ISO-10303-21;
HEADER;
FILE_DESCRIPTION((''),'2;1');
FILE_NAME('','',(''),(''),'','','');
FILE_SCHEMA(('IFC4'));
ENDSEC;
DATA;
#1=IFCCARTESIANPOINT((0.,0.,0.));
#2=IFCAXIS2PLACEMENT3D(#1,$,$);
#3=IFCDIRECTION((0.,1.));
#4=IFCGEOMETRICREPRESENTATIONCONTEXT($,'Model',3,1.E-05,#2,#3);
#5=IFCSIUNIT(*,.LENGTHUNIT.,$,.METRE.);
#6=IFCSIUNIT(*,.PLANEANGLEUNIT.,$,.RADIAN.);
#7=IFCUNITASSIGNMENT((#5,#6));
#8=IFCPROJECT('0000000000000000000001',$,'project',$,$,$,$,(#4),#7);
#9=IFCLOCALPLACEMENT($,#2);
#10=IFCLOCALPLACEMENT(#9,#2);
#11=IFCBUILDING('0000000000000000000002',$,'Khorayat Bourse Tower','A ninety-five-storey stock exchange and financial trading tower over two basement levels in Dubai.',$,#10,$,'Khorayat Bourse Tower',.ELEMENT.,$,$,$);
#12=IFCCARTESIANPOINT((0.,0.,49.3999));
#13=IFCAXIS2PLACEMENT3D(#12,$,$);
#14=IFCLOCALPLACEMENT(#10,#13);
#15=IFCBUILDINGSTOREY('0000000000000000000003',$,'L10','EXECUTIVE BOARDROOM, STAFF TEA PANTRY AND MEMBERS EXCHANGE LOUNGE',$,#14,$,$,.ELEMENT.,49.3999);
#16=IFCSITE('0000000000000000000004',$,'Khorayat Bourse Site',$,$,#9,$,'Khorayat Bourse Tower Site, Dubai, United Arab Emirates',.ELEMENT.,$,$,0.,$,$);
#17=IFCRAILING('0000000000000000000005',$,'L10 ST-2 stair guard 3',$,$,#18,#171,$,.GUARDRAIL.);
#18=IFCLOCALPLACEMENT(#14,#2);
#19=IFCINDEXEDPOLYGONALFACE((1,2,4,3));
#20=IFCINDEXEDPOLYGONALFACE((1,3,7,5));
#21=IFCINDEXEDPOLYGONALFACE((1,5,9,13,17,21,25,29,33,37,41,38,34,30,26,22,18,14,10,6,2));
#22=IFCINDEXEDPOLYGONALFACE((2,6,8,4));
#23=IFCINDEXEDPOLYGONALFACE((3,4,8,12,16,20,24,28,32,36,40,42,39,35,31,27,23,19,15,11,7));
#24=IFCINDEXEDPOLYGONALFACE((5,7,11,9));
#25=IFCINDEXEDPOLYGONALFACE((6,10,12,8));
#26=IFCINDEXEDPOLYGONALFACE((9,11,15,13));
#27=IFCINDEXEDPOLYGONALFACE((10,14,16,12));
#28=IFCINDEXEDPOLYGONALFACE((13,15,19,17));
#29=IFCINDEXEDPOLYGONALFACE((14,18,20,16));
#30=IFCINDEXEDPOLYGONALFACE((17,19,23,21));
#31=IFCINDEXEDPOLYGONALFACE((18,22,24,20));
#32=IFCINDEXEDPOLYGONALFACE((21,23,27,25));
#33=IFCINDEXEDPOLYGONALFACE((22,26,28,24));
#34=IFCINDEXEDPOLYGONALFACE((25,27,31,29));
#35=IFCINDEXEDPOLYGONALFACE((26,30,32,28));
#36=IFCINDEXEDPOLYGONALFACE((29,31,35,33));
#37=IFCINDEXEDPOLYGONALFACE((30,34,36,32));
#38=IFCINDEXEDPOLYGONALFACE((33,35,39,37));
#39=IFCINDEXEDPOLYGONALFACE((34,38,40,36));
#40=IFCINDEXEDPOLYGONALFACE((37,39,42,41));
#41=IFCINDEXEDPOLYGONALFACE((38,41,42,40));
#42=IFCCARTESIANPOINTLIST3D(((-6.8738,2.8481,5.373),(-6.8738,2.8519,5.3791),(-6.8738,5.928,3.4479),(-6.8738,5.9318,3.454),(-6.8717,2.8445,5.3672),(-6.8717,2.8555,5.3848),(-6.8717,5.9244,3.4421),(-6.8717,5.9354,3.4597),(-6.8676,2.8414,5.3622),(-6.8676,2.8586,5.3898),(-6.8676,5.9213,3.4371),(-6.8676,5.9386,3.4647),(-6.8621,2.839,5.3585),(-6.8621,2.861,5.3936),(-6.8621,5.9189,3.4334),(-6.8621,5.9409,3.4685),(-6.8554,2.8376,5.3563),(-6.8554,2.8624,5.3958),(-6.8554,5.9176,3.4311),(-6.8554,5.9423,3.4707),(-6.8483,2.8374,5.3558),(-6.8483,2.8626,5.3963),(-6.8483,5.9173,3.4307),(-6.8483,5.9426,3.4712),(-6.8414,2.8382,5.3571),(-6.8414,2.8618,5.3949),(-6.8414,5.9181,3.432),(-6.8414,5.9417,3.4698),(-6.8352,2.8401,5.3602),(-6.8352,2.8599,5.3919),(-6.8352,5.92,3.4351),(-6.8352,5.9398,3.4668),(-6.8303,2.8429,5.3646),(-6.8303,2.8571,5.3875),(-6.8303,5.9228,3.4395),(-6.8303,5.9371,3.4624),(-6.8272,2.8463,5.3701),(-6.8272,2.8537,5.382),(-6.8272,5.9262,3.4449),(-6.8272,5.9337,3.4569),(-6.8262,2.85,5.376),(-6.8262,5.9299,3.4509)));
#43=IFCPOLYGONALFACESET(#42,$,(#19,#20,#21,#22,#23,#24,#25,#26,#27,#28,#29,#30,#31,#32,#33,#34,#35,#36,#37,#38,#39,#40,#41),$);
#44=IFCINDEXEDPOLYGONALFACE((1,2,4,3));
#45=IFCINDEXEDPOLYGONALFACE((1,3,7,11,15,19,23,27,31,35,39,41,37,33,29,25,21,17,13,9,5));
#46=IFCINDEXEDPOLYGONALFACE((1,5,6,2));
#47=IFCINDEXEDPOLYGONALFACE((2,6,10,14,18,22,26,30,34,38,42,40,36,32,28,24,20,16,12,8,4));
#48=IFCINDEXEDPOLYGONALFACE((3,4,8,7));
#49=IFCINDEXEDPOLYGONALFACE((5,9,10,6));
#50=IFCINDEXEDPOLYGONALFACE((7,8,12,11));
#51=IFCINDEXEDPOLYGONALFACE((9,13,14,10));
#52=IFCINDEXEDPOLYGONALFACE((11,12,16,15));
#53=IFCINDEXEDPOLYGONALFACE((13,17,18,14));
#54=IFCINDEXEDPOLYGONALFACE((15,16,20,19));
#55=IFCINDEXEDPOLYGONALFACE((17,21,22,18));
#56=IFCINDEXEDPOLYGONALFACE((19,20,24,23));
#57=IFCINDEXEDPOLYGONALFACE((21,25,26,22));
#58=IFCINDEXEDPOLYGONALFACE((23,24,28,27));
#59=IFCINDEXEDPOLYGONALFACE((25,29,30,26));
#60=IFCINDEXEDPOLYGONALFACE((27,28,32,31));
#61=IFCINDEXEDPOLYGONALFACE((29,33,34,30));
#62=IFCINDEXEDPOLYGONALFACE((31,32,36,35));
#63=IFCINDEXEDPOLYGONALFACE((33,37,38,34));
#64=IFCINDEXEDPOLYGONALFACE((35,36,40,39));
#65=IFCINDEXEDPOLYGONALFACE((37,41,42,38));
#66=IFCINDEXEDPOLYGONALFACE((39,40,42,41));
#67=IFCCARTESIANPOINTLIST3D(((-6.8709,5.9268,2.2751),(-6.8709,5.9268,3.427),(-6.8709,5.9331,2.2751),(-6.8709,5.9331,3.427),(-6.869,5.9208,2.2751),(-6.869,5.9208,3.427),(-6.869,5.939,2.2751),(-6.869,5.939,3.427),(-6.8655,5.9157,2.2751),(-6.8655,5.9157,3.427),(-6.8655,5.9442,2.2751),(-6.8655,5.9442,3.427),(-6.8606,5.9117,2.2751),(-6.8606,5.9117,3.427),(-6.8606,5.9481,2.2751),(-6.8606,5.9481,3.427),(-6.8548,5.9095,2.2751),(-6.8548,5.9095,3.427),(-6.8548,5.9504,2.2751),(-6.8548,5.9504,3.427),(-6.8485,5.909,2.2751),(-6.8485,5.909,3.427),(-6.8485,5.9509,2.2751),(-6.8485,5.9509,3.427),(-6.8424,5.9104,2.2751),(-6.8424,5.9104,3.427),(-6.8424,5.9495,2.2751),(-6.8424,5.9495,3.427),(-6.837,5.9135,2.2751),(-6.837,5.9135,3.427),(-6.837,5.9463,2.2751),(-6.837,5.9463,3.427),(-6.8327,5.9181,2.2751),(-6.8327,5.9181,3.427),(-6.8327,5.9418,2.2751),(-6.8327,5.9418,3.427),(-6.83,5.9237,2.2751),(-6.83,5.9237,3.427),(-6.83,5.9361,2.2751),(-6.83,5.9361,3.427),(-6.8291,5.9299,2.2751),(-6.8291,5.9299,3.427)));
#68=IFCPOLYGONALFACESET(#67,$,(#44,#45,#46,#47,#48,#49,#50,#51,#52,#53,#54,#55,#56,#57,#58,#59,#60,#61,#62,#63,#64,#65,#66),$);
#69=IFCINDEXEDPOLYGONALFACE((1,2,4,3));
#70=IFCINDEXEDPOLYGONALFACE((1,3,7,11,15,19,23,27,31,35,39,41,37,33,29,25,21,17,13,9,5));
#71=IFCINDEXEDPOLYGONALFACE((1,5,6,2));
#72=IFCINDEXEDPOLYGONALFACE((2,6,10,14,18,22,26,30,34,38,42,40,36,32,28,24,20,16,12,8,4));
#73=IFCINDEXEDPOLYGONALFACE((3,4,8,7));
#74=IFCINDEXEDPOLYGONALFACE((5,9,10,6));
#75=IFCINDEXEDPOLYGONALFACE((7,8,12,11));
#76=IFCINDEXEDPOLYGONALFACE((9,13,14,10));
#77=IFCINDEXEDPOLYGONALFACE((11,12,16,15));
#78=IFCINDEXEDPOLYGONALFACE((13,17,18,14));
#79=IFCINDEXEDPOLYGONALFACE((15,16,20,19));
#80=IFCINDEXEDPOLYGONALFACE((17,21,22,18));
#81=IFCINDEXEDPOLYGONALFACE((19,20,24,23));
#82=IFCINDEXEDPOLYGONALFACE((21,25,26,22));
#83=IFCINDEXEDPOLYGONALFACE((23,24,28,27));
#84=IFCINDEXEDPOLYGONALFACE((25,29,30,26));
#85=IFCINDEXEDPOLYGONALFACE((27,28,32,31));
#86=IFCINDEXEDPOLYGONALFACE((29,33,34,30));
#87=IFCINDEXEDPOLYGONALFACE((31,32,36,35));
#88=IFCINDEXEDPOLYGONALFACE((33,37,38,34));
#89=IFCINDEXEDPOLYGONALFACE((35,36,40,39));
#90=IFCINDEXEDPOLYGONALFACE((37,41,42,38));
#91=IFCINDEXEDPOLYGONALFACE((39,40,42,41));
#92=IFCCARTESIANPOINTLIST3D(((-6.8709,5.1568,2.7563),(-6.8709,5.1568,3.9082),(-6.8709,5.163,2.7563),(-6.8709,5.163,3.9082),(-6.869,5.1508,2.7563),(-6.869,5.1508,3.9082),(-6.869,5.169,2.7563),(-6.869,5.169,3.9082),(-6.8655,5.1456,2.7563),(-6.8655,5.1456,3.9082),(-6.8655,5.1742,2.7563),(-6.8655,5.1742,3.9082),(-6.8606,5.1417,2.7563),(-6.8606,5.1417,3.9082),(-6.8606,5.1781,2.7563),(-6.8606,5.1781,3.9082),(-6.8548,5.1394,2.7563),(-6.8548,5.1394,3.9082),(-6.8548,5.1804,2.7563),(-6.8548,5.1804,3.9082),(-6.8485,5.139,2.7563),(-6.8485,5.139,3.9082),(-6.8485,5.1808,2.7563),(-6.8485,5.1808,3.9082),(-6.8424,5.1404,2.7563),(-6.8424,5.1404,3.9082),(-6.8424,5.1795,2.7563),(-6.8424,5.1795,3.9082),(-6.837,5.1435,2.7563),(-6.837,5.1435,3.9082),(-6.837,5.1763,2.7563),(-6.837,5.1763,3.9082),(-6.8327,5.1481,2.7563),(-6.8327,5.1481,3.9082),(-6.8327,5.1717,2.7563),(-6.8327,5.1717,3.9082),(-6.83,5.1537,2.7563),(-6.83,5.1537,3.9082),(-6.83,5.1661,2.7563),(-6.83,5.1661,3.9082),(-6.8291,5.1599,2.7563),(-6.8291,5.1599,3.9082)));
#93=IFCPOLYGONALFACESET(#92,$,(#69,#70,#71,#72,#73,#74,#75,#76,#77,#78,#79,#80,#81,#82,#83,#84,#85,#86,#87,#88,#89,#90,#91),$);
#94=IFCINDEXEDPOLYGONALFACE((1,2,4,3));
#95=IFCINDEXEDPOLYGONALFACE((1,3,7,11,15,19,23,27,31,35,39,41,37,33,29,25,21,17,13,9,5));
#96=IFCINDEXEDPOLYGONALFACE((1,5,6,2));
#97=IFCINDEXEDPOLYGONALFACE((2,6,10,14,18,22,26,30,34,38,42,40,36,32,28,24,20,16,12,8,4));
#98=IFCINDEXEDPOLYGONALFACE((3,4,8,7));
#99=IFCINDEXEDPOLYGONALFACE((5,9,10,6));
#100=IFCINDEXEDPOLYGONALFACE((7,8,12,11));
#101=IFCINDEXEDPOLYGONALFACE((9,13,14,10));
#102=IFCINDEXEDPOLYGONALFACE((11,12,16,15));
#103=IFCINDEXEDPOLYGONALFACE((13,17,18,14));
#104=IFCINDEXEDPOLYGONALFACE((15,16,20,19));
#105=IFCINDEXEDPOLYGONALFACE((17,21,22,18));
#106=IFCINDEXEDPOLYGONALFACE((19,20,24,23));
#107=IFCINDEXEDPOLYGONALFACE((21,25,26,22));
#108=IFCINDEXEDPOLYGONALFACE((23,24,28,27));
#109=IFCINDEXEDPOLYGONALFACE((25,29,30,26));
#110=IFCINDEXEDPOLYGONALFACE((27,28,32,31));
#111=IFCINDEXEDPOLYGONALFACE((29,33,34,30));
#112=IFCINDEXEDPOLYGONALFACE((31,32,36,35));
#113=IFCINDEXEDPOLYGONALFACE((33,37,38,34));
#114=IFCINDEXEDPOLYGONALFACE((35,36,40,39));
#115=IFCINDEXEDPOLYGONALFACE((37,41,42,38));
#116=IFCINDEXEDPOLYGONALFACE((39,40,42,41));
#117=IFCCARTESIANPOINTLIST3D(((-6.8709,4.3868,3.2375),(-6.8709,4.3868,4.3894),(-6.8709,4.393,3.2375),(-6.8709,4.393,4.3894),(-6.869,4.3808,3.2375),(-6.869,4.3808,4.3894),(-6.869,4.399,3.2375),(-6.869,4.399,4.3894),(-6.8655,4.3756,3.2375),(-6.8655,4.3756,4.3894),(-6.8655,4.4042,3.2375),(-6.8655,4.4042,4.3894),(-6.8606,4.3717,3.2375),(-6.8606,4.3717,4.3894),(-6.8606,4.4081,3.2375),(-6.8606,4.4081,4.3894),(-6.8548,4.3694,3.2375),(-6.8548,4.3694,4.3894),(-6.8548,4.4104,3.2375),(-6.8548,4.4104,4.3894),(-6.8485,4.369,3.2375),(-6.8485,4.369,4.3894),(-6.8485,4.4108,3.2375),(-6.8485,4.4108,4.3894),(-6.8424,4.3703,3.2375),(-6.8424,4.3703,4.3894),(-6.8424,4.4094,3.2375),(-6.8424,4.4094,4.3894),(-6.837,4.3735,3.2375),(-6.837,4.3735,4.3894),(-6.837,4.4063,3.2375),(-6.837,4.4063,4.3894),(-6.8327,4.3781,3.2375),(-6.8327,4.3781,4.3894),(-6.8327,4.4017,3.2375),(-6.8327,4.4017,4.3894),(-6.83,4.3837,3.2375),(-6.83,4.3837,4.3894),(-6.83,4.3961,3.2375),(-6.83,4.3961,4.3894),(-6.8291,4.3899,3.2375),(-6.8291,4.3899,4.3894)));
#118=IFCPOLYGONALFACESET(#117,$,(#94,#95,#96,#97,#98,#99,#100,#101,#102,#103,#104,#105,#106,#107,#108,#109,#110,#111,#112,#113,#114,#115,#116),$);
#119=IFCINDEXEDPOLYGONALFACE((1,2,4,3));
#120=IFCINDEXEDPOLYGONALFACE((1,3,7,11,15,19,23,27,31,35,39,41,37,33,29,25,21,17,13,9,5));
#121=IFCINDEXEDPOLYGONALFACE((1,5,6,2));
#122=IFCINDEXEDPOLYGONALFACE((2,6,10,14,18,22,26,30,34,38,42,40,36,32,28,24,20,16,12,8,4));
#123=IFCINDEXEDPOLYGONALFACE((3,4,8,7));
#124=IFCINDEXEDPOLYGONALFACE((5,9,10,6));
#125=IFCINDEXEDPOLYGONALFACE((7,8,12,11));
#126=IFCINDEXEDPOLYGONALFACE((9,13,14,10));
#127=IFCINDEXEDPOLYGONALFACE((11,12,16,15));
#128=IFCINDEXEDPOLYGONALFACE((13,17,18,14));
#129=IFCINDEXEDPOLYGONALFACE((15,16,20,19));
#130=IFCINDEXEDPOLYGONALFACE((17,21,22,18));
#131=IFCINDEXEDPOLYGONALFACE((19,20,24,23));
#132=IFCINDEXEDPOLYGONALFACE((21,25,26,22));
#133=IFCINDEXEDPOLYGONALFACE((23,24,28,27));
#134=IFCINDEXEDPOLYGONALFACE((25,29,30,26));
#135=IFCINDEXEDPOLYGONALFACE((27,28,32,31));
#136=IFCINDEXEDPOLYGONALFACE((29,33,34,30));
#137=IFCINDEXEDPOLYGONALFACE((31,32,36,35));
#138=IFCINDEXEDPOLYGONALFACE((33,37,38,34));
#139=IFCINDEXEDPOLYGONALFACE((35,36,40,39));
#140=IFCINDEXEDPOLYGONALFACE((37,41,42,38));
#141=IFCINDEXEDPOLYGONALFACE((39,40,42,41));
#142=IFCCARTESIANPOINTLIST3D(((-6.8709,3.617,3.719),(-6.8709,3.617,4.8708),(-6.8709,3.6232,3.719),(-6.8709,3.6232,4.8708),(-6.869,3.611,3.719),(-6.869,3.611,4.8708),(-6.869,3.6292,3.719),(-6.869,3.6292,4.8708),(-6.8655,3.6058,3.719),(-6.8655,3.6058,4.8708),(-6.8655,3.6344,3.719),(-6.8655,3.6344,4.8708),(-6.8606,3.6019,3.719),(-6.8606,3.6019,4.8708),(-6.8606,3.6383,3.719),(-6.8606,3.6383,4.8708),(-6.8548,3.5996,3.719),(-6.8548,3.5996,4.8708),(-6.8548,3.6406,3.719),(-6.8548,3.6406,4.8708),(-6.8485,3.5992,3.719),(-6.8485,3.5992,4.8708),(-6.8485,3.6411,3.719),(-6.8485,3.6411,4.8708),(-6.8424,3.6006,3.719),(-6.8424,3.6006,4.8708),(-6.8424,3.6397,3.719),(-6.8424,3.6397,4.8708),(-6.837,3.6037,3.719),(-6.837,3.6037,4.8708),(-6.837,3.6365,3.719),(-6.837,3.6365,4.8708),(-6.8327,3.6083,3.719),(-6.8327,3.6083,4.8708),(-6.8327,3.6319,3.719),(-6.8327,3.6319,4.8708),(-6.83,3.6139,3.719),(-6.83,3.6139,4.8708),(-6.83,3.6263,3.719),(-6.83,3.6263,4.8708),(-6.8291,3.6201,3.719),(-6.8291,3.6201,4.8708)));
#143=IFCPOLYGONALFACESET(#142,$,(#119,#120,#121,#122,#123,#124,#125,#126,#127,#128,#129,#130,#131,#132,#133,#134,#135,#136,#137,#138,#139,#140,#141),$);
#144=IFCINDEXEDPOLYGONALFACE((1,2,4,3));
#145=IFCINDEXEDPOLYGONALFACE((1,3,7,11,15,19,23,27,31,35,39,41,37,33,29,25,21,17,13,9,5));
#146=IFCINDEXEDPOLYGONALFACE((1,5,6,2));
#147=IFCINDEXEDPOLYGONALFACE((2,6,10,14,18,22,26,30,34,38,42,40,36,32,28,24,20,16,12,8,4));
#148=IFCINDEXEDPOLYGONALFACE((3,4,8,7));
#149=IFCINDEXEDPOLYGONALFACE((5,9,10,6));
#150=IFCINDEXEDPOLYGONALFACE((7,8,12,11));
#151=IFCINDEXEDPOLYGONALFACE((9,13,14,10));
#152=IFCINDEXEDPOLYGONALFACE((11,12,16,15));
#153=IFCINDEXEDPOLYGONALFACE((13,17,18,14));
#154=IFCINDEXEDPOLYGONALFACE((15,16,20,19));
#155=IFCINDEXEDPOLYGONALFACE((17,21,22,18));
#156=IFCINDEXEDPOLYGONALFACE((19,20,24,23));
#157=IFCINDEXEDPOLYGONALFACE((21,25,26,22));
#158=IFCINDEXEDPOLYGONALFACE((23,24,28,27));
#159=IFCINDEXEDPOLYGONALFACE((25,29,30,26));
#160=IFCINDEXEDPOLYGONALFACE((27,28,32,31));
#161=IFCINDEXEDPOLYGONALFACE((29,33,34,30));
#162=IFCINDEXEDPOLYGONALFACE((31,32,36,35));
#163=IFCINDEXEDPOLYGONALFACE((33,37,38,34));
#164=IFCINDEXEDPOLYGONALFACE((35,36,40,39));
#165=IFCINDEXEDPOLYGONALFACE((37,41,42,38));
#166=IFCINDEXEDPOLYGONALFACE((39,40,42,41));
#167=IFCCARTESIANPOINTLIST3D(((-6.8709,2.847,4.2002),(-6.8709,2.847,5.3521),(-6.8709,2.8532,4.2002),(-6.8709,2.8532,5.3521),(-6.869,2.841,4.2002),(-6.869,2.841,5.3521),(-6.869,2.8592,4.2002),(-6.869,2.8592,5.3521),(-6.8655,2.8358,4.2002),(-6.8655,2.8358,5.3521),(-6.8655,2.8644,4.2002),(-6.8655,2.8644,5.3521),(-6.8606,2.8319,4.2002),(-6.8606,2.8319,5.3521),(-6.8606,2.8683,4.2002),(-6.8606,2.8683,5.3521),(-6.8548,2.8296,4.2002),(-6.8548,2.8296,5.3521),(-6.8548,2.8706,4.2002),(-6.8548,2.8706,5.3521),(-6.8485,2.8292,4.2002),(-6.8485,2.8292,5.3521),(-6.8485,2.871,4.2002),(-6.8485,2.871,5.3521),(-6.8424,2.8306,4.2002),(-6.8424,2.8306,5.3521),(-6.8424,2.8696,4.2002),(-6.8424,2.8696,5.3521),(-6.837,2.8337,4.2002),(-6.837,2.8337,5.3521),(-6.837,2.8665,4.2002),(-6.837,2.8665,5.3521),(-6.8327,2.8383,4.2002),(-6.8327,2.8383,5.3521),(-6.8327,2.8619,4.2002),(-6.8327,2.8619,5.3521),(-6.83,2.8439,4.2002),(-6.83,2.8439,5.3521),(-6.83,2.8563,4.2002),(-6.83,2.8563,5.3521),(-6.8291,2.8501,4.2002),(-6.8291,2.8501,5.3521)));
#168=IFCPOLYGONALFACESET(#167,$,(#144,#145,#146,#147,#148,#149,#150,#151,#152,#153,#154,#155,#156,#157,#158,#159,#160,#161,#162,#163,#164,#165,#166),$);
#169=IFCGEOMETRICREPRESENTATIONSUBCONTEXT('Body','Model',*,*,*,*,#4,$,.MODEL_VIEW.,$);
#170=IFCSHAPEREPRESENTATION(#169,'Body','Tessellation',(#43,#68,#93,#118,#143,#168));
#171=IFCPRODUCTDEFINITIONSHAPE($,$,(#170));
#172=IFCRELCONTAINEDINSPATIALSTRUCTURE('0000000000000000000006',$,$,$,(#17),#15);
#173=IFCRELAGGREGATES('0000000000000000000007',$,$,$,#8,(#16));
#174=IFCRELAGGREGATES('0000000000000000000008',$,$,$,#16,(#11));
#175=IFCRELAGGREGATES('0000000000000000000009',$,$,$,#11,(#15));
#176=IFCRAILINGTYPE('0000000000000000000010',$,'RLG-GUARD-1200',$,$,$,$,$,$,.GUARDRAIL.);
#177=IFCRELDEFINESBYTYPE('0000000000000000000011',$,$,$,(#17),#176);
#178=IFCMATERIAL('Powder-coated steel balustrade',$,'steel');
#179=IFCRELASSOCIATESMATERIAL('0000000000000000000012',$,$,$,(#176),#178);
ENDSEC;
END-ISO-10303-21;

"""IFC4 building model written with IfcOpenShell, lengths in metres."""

from ifc_helpers import new_model, si_unit, direction, frame, origin, origin_2d, place, context, subcontext, project, spatial, circle, extrude, source, transform, mapped, material, type_object, element, save


model = new_model("IFC4")

# Units and contexts
model_context = context("Model", 3, precision=1e-05, world=origin(), true_north=direction((0.0, 1.0)))
body_context = subcontext(model_context, "Body", "Model", "MODEL_VIEW")
ifc_project = project(units=[si_unit("LENGTHUNIT", "METRE"), si_unit("PLANEANGLEUNIT", "RADIAN")], contexts=[model_context])

# Site, building, storey
site_placement = place(None, origin())
site = spatial("IfcSite", under=ifc_project, at=site_placement, Name="Khorayat Bourse Site", LongName="Khorayat Bourse Tower Site, Dubai, United Arab Emirates", CompositionType="ELEMENT", RefElevation=0.0)
building_placement = place(site_placement, origin())
building = spatial("IfcBuilding", under=site, at=building_placement, Name="Khorayat Bourse Tower", Description="A ninety-five-storey stock exchange and financial trading tower over two basement levels in Dubai.", LongName="Khorayat Bourse Tower", CompositionType="ELEMENT")
storey_placement = place(building_placement, frame((0.0, 0.0, 49.3999)))
storey = spatial("IfcBuildingStorey", under=building, at=storey_placement, Name="L10", Description="EXECUTIVE BOARDROOM, STAFF TEA PANTRY AND MEMBERS EXCHANGE LOUNGE", CompositionType="ELEMENT", Elevation=49.3999)

# Railing
ifc_material_1 = material(Name="Powder-coated steel balustrade", Category="steel")
railing_type_1 = type_object("IfcRailingType", Name="RLG-GUARD-1200", PredefinedType="GUARDRAIL", material=ifc_material_1)
shared_shape_1 = source(origin(), body_context, "Body", "SweptSolid", [
    extrude(circle(Radius=0.0239, at=origin_2d()), frame((0.0, 0.0, 1.1758), z_axis=(0.0, -0.847979, 0.530029), x_axis=(1.0, 0.0, 0.0)), (0.0, 0.0, 1.0), 3.6321),
    extrude(circle(Radius=0.021, at=origin_2d()), origin(), (0.0, 0.0, 1.0), 1.1519),
    extrude(circle(Radius=0.021, at=origin_2d()), frame((0.0, -0.77, 0.4812)), (0.0, 0.0, 1.0), 1.1519),
    extrude(circle(Radius=0.021, at=origin_2d()), frame((0.0, -1.54, 0.9624)), (0.0, 0.0, 1.0), 1.1519),
    extrude(circle(Radius=0.021, at=origin_2d()), frame((0.0, -2.3098, 1.4438)), (0.0, 0.0, 1.0), 1.1519),
    extrude(circle(Radius=0.021, at=origin_2d()), frame((0.0, -3.0798, 1.925)), (0.0, 0.0, 1.0), 1.1519),
])
railing_1_placement = place(storey_placement, frame((-6.8501, 5.9299, 2.2751)))
element("IfcRailing", 1, at=railing_1_placement, inside=storey, type_object=railing_type_1, Name="L10 ST-2 stair guard 3", PredefinedType="GUARDRAIL", context=body_context, shape_type="MappedRepresentation", body=[
    mapped(shared_shape_1, transform((0.0, 0.0, 0.0), scale=1.0)),
])

save(model, "model.ifc")
